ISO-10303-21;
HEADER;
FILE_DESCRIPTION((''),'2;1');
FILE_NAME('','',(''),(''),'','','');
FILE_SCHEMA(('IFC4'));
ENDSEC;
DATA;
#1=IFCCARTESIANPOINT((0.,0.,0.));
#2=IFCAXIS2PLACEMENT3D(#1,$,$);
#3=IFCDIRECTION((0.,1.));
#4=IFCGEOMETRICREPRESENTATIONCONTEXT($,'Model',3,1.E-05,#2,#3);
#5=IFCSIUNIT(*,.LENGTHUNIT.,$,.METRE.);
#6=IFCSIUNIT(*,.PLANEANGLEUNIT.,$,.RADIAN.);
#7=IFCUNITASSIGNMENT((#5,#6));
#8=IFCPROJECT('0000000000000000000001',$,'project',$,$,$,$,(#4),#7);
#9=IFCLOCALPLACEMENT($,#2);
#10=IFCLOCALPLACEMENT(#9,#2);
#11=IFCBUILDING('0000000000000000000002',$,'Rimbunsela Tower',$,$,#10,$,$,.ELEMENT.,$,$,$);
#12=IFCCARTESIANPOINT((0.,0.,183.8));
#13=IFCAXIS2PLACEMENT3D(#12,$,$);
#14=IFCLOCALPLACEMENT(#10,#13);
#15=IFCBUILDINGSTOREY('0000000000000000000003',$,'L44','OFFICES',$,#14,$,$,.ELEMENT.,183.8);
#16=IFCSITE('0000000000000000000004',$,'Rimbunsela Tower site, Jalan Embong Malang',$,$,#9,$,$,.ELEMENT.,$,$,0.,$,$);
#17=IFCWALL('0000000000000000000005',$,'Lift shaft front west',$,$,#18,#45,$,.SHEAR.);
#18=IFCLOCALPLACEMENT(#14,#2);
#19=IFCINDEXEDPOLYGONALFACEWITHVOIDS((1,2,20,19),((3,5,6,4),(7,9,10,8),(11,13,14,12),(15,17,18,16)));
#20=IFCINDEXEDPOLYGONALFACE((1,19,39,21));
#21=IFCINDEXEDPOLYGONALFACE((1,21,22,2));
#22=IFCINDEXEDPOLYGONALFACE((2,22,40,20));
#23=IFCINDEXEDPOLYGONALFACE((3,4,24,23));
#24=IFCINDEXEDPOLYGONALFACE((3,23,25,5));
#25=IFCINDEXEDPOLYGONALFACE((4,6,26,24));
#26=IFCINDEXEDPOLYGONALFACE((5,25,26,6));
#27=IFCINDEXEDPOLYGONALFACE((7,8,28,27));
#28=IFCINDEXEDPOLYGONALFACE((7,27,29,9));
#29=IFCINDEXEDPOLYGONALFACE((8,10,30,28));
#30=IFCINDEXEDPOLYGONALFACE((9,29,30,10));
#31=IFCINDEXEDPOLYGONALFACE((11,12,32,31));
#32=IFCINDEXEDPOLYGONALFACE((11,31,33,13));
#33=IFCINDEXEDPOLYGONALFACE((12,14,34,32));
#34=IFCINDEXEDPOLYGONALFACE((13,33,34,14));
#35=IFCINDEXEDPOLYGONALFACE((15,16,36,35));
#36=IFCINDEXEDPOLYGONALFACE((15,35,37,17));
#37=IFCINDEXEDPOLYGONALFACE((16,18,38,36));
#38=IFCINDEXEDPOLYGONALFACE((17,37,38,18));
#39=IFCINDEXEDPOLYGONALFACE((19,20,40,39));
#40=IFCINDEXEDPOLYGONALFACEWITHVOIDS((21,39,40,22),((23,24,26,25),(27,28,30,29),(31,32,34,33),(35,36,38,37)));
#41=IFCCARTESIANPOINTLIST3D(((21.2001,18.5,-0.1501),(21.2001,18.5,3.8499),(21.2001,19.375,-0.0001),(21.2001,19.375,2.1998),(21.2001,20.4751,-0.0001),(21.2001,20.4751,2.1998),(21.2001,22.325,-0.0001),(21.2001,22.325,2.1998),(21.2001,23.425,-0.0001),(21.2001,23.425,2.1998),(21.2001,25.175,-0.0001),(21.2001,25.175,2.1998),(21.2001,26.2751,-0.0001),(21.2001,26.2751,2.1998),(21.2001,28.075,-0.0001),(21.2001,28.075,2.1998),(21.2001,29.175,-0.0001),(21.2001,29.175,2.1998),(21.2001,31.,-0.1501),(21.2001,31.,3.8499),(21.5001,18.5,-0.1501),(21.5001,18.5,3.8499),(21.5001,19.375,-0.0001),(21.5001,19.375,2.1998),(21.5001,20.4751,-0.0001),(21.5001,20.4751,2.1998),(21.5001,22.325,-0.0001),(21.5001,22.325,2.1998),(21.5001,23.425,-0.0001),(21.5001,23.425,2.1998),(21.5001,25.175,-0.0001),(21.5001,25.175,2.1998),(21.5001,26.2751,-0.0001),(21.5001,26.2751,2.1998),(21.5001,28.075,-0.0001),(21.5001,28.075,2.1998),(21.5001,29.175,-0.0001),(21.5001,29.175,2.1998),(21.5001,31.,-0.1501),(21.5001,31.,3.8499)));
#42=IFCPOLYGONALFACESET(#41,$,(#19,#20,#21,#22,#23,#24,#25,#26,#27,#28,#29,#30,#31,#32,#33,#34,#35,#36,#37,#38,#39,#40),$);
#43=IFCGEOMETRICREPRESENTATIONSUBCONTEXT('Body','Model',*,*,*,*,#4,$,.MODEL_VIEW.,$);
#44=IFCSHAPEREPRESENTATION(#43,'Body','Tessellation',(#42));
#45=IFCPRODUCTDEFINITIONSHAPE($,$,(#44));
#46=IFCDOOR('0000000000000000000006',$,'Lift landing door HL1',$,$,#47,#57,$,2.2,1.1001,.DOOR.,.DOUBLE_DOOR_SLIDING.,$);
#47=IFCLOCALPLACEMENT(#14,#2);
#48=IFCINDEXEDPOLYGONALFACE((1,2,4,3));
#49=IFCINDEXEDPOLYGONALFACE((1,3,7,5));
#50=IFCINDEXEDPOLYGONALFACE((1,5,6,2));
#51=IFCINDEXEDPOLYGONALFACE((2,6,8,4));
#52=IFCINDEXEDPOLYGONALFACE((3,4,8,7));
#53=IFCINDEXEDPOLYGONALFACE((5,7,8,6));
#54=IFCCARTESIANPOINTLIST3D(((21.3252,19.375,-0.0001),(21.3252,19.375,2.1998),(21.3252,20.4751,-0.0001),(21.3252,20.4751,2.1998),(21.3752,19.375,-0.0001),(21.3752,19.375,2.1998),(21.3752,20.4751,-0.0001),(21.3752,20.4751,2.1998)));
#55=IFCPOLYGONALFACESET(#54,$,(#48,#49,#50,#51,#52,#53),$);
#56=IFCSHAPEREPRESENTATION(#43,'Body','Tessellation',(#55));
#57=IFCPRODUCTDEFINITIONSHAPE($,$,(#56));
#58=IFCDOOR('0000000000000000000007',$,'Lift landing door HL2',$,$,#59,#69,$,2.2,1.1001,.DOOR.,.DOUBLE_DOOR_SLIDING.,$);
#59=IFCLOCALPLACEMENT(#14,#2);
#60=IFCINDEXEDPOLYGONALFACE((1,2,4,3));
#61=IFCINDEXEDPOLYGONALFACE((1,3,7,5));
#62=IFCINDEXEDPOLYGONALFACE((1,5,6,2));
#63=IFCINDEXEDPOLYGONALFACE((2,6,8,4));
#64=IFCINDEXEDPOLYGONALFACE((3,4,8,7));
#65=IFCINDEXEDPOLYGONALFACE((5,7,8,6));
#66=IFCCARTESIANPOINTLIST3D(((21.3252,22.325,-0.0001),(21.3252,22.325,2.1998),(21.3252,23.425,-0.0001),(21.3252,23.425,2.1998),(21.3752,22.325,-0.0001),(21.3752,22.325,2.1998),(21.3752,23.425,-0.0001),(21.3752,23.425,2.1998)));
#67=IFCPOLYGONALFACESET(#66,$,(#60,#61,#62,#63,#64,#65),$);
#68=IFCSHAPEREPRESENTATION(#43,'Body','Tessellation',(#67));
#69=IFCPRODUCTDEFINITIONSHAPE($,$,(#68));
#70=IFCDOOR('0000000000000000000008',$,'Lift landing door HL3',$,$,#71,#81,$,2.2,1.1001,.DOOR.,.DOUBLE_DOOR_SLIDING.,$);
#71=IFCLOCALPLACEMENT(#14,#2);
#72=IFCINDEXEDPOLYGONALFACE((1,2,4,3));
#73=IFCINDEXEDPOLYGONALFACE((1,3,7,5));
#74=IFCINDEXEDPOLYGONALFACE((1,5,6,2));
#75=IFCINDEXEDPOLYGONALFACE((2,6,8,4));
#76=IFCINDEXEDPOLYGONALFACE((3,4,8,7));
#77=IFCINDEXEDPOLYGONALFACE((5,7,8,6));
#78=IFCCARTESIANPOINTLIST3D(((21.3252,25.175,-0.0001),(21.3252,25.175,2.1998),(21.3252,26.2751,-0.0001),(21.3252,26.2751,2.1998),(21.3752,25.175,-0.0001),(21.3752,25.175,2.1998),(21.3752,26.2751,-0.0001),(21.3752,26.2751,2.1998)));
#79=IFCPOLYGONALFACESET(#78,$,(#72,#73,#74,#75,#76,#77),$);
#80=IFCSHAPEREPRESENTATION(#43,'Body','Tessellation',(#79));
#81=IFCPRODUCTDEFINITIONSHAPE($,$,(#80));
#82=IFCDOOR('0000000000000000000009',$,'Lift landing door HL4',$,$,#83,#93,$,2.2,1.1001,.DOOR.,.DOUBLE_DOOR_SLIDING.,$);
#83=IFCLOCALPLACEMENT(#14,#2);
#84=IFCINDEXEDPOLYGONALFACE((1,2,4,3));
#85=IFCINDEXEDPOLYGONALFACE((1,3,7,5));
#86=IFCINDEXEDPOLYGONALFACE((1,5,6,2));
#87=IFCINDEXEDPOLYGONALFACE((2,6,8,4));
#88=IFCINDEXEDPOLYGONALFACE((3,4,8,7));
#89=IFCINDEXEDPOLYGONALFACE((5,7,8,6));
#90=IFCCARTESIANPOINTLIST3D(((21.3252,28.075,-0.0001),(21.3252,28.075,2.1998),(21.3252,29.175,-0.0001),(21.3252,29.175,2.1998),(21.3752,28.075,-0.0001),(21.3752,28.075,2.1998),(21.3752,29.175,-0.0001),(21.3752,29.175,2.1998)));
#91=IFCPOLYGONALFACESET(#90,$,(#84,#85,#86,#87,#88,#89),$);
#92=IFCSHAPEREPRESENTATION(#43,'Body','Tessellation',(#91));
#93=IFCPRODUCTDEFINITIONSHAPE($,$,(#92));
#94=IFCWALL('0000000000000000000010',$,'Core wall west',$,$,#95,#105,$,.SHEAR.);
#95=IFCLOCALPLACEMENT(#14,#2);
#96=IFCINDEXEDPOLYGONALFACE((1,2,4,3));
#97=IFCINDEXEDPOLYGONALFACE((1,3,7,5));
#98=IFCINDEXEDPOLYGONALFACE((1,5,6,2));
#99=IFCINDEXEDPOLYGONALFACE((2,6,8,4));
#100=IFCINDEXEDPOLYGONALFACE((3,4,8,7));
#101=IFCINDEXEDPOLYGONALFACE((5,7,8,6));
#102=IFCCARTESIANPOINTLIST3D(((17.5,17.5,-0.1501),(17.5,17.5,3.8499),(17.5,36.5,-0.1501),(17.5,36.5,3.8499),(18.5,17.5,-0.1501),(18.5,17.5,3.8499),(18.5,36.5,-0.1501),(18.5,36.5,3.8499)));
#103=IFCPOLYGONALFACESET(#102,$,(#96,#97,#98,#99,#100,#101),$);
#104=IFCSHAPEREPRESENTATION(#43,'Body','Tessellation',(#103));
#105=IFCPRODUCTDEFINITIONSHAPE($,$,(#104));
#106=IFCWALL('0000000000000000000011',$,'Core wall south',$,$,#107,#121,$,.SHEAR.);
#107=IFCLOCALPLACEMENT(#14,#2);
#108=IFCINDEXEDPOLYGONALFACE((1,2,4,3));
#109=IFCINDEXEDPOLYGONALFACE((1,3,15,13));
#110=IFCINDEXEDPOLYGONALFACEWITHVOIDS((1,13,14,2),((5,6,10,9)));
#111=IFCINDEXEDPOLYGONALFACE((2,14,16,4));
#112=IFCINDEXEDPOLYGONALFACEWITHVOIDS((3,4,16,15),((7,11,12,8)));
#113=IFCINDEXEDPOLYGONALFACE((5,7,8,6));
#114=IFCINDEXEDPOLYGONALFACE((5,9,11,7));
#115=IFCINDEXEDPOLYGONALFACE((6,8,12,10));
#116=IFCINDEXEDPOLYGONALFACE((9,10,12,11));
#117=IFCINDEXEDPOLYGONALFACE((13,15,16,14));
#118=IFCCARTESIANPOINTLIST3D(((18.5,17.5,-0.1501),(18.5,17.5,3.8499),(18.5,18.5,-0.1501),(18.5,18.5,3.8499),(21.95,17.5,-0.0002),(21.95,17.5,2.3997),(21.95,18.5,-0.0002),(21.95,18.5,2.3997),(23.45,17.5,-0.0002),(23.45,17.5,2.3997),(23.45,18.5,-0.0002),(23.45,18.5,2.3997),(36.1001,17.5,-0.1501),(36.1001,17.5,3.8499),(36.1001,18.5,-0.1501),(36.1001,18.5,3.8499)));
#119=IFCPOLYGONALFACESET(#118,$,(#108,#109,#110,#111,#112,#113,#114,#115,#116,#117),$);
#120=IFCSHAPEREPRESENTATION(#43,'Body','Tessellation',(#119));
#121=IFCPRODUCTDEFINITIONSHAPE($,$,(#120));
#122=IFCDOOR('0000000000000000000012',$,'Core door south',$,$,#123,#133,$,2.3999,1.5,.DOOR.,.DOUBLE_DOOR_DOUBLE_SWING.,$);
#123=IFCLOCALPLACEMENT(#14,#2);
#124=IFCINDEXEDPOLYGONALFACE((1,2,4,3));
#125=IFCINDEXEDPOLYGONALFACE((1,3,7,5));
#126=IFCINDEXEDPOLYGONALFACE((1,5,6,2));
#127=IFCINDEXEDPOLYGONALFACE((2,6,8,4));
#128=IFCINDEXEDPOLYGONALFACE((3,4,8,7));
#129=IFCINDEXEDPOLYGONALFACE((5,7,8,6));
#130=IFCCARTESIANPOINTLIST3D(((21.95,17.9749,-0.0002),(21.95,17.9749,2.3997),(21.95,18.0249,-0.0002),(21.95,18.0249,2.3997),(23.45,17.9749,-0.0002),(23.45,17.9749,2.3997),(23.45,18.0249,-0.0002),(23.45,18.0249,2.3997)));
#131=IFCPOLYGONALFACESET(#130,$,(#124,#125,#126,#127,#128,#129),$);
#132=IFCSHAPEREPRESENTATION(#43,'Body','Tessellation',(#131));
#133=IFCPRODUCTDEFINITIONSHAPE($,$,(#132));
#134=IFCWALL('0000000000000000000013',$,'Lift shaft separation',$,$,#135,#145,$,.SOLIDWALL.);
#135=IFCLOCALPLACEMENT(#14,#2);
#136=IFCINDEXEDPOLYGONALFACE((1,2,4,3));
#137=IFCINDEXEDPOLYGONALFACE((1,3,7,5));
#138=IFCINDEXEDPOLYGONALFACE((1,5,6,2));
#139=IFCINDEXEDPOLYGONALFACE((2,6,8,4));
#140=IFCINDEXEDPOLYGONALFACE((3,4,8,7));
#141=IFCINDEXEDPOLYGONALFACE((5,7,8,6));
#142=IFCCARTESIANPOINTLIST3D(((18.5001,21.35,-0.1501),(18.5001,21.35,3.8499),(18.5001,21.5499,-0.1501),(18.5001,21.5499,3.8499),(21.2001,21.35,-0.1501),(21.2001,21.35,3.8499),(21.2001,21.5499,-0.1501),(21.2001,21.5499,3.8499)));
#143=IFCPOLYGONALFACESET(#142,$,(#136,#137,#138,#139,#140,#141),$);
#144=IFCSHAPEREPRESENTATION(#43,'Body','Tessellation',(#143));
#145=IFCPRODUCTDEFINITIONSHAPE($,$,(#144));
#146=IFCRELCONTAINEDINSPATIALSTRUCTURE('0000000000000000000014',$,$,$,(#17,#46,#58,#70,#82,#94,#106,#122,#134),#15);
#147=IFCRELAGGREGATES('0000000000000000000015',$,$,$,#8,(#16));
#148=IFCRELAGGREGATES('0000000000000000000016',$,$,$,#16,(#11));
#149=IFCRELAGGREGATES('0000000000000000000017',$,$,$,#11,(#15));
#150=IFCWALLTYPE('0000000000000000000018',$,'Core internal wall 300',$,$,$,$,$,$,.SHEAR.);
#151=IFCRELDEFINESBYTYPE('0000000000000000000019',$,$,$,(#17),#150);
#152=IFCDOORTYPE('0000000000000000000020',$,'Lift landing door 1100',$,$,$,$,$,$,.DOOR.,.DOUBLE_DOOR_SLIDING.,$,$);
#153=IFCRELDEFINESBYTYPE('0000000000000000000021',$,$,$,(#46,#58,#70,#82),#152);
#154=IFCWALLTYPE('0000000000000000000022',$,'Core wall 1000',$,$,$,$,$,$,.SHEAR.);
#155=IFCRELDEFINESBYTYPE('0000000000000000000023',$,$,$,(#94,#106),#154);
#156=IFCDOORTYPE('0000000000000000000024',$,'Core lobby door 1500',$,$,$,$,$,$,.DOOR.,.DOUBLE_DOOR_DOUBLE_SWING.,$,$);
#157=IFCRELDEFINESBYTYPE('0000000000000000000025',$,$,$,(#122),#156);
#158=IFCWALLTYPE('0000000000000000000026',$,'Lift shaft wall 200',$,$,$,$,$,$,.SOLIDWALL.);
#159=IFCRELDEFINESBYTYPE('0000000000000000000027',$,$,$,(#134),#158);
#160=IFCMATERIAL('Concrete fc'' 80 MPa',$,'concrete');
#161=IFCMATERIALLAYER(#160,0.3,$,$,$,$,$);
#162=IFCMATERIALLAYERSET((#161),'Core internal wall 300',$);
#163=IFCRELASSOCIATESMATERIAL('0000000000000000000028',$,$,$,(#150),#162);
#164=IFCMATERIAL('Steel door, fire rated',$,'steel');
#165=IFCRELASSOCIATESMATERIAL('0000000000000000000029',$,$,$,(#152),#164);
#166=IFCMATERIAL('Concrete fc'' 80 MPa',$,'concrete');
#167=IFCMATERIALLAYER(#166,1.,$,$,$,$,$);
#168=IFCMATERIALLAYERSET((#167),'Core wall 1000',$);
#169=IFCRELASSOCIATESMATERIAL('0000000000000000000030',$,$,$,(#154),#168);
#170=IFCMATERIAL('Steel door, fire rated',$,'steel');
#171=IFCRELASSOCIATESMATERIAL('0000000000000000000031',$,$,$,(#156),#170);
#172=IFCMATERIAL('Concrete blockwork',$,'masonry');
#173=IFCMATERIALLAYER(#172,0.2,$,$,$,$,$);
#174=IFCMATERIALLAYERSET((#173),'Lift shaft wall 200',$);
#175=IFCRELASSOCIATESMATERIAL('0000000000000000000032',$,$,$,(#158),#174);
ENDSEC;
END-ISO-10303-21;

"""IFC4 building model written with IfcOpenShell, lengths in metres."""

from ifc_helpers import new_model, si_unit, direction, frame, frame_2d, origin, place, context, subcontext, project, spatial, rectangle, extrude, material, layer, layer_set, type_object, element, fill, save


model = new_model("IFC4")

# Units and contexts
model_context = context("Model", 3, precision=1e-05, world=origin(), true_north=direction((0.0, 1.0)))
body_context = subcontext(model_context, "Body", "Model", "MODEL_VIEW")
ifc_project = project(units=[si_unit("LENGTHUNIT", "METRE"), si_unit("PLANEANGLEUNIT", "RADIAN")], contexts=[model_context])

# Site, building, storey
site_placement = place(None, origin())
site = spatial("IfcSite", under=ifc_project, at=site_placement, Name="Rimbunsela Tower site, Jalan Embong Malang", CompositionType="ELEMENT", RefElevation=0.0)
building_placement = place(site_placement, origin())
building = spatial("IfcBuilding", under=site, at=building_placement, Name="Rimbunsela Tower", CompositionType="ELEMENT")
storey_placement = place(building_placement, frame((0.0, 0.0, 183.8)))
storey = spatial("IfcBuildingStorey", under=building, at=storey_placement, Name="L44", Description="OFFICES", CompositionType="ELEMENT", Elevation=183.8)

# Wall, openings, doors
ifc_material_1 = material(Name="Concrete fc' 80 MPa", Category="concrete")
ifc_layer_1 = layer(ifc_material_1, 0.3)
ifc_layer_set_1 = layer_set([ifc_layer_1], Name="Core internal wall 300")
wall_type_1 = type_object("IfcWallType", Name="Core internal wall 300", PredefinedType="SHEAR", material=ifc_layer_set_1)
wall_1_placement = place(storey_placement, frame((21.3501, 18.5, -0.1501), z_axis=(0.0, 0.0, 1.0), x_axis=(0.0, 1.0, 0.0)))
wall_1 = element("IfcWall", 1, at=wall_1_placement, inside=storey, type_object=wall_type_1, Name="Lift shaft front west", PredefinedType="SHEAR", context=body_context, shape_type="SweptSolid", body=[
    extrude(rectangle(XDim=12.5, YDim=0.3, at=frame_2d((6.25, 0.0))), origin(), (0.0, 0.0, 1.0), 4.0),
])
opening_1_placement = place(wall_1_placement, frame((0.875, 0.0, 0.1499)))
opening_1 = element("IfcOpeningElement", 2, at=opening_1_placement, cuts=wall_1, PredefinedType="OPENING", context=body_context, shape_type="SweptSolid", body=[
    extrude(rectangle(XDim=1.1001, YDim=2.2, at=frame_2d((0.55, 1.1001))), frame((0.0, 0.1599, 0.0), z_axis=(0.0, -1.0, 0.0), x_axis=(1.0, 0.0, 0.0)), (0.0, 0.0, 1.0), 0.3201),
])
opening_2_placement = place(wall_1_placement, frame((3.825, 0.0, 0.1499)))
opening_2 = element("IfcOpeningElement", 3, at=opening_2_placement, cuts=wall_1, PredefinedType="OPENING", context=body_context, shape_type="SweptSolid", body=[
    extrude(rectangle(XDim=1.1001, YDim=2.2, at=frame_2d((0.55, 1.1001))), frame((0.0, 0.1599, 0.0), z_axis=(0.0, -1.0, 0.0), x_axis=(1.0, 0.0, 0.0)), (0.0, 0.0, 1.0), 0.3201),
])
opening_3_placement = place(wall_1_placement, frame((6.675, 0.0, 0.1499)))
opening_3 = element("IfcOpeningElement", 4, at=opening_3_placement, cuts=wall_1, PredefinedType="OPENING", context=body_context, shape_type="SweptSolid", body=[
    extrude(rectangle(XDim=1.1001, YDim=2.2, at=frame_2d((0.55, 1.1001))), frame((0.0, 0.1599, 0.0), z_axis=(0.0, -1.0, 0.0), x_axis=(1.0, 0.0, 0.0)), (0.0, 0.0, 1.0), 0.3201),
])
opening_4_placement = place(wall_1_placement, frame((9.575, 0.0, 0.1499)))
opening_4 = element("IfcOpeningElement", 5, at=opening_4_placement, cuts=wall_1, PredefinedType="OPENING", context=body_context, shape_type="SweptSolid", body=[
    extrude(rectangle(XDim=1.1001, YDim=2.2, at=frame_2d((0.55, 1.1001))), frame((0.0, 0.1599, 0.0), z_axis=(0.0, -1.0, 0.0), x_axis=(1.0, 0.0, 0.0)), (0.0, 0.0, 1.0), 0.3201),
])
ifc_material_2 = material(Name="Steel door, fire rated", Category="steel")
door_type_1 = type_object("IfcDoorType", Name="Lift landing door 1100", OperationType="DOUBLE_DOOR_SLIDING", PredefinedType="DOOR", material=ifc_material_2)
door_1_placement = place(opening_1_placement, origin())
door_1 = element("IfcDoor", 6, at=door_1_placement, inside=storey, type_object=door_type_1, Name="Lift landing door HL1", OperationType="DOUBLE_DOOR_SLIDING", OverallHeight=2.2, OverallWidth=1.1001, PredefinedType="DOOR", context=body_context, shape_type="SweptSolid", body=[
    extrude(rectangle(XDim=1.1001, YDim=2.2, at=frame_2d((0.55, 1.1001))), frame((0.0, 0.0249, 0.0), z_axis=(0.0, -1.0, 0.0), x_axis=(1.0, 0.0, 0.0)), (0.0, 0.0, 1.0), 0.05),
])
fill(opening_1, door_1)
door_2_placement = place(opening_2_placement, origin())
door_2 = element("IfcDoor", 7, at=door_2_placement, inside=storey, type_object=door_type_1, Name="Lift landing door HL2", OperationType="DOUBLE_DOOR_SLIDING", OverallHeight=2.2, OverallWidth=1.1001, PredefinedType="DOOR", context=body_context, shape_type="SweptSolid", body=[
    extrude(rectangle(XDim=1.1001, YDim=2.2, at=frame_2d((0.55, 1.1001))), frame((0.0, 0.0249, 0.0), z_axis=(0.0, -1.0, 0.0), x_axis=(1.0, 0.0, 0.0)), (0.0, 0.0, 1.0), 0.05),
])
fill(opening_2, door_2)
door_3_placement = place(opening_3_placement, origin())
door_3 = element("IfcDoor", 8, at=door_3_placement, inside=storey, type_object=door_type_1, Name="Lift landing door HL3", OperationType="DOUBLE_DOOR_SLIDING", OverallHeight=2.2, OverallWidth=1.1001, PredefinedType="DOOR", context=body_context, shape_type="SweptSolid", body=[
    extrude(rectangle(XDim=1.1001, YDim=2.2, at=frame_2d((0.55, 1.1001))), frame((0.0, 0.0249, 0.0), z_axis=(0.0, -1.0, 0.0), x_axis=(1.0, 0.0, 0.0)), (0.0, 0.0, 1.0), 0.05),
])
fill(opening_3, door_3)
door_4_placement = place(opening_4_placement, origin())
door_4 = element("IfcDoor", 9, at=door_4_placement, inside=storey, type_object=door_type_1, Name="Lift landing door HL4", OperationType="DOUBLE_DOOR_SLIDING", OverallHeight=2.2, OverallWidth=1.1001, PredefinedType="DOOR", context=body_context, shape_type="SweptSolid", body=[
    extrude(rectangle(XDim=1.1001, YDim=2.2, at=frame_2d((0.55, 1.1001))), frame((0.0, 0.0249, 0.0), z_axis=(0.0, -1.0, 0.0), x_axis=(1.0, 0.0, 0.0)), (0.0, 0.0, 1.0), 0.05),
])
fill(opening_4, door_4)

# Wall
ifc_material_3 = material(Name="Concrete fc' 80 MPa", Category="concrete")
ifc_layer_2 = layer(ifc_material_3, 1.0)
ifc_layer_set_2 = layer_set([ifc_layer_2], Name="Core wall 1000")
wall_type_2 = type_object("IfcWallType", Name="Core wall 1000", PredefinedType="SHEAR", material=ifc_layer_set_2)
wall_2_placement = place(storey_placement, frame((18.0, 17.5, -0.1501), z_axis=(0.0, 0.0, 1.0), x_axis=(0.0, 1.0, 0.0)))
element("IfcWall", 10, at=wall_2_placement, inside=storey, type_object=wall_type_2, Name="Core wall west", PredefinedType="SHEAR", context=body_context, shape_type="SweptSolid", body=[
    extrude(rectangle(XDim=19.0, YDim=1.0, at=frame_2d((9.5, 0.0))), origin(), (0.0, 0.0, 1.0), 4.0),
])

# Wall, opening, door
wall_3_placement = place(storey_placement, frame((18.5, 18.0, -0.1501), z_axis=(0.0, 0.0, 1.0), x_axis=(1.0, 0.0, 0.0)))
wall_3 = element("IfcWall", 11, at=wall_3_placement, inside=storey, type_object=wall_type_2, Name="Core wall south", PredefinedType="SHEAR", context=body_context, shape_type="SweptSolid", body=[
    extrude(rectangle(XDim=17.6001, YDim=1.0, at=frame_2d((8.8, 0.0))), origin(), (0.0, 0.0, 1.0), 4.0),
])
opening_5_placement = place(wall_3_placement, frame((3.45, 0.0, 0.1499)))
opening_5 = element("IfcOpeningElement", 12, at=opening_5_placement, cuts=wall_3, PredefinedType="OPENING", context=body_context, shape_type="SweptSolid", body=[
    extrude(rectangle(XDim=1.5, YDim=2.3999, at=frame_2d((0.75, 1.2))), frame((0.0, 0.51, 0.0), z_axis=(0.0, -1.0, 0.0), x_axis=(1.0, 0.0, 0.0)), (0.0, 0.0, 1.0), 1.02),
])
ifc_material_4 = material(Name="Steel door, fire rated", Category="steel")
door_type_2 = type_object("IfcDoorType", Name="Core lobby door 1500", OperationType="DOUBLE_DOOR_DOUBLE_SWING", PredefinedType="DOOR", material=ifc_material_4)
door_5_placement = place(opening_5_placement, origin())
door_5 = element("IfcDoor", 13, at=door_5_placement, inside=storey, type_object=door_type_2, Name="Core door south", OperationType="DOUBLE_DOOR_DOUBLE_SWING", OverallHeight=2.3999, OverallWidth=1.5, PredefinedType="DOOR", context=body_context, shape_type="SweptSolid", body=[
    extrude(rectangle(XDim=1.5, YDim=2.3999, at=frame_2d((0.75, 1.2))), frame((0.0, 0.0249, 0.0), z_axis=(0.0, -1.0, 0.0), x_axis=(1.0, 0.0, 0.0)), (0.0, 0.0, 1.0), 0.05),
])
fill(opening_5, door_5)

# Wall
ifc_material_5 = material(Name="Concrete blockwork", Category="masonry")
ifc_layer_3 = layer(ifc_material_5, 0.2)
ifc_layer_set_3 = layer_set([ifc_layer_3], Name="Lift shaft wall 200")
wall_type_3 = type_object("IfcWallType", Name="Lift shaft wall 200", PredefinedType="SOLIDWALL", material=ifc_layer_set_3)
wall_4_placement = place(storey_placement, frame((18.5, 21.45, -0.1501), z_axis=(0.0, 0.0, 1.0), x_axis=(1.0, 0.0, 0.0)))
element("IfcWall", 14, at=wall_4_placement, inside=storey, type_object=wall_type_3, Name="Lift shaft separation", PredefinedType="SOLIDWALL", context=body_context, shape_type="SweptSolid", body=[
    extrude(rectangle(XDim=2.7, YDim=0.2, at=frame_2d((1.3501, 0.0))), origin(), (0.0, 0.0, 1.0), 4.0),
])

save(model, "model.ifc")
